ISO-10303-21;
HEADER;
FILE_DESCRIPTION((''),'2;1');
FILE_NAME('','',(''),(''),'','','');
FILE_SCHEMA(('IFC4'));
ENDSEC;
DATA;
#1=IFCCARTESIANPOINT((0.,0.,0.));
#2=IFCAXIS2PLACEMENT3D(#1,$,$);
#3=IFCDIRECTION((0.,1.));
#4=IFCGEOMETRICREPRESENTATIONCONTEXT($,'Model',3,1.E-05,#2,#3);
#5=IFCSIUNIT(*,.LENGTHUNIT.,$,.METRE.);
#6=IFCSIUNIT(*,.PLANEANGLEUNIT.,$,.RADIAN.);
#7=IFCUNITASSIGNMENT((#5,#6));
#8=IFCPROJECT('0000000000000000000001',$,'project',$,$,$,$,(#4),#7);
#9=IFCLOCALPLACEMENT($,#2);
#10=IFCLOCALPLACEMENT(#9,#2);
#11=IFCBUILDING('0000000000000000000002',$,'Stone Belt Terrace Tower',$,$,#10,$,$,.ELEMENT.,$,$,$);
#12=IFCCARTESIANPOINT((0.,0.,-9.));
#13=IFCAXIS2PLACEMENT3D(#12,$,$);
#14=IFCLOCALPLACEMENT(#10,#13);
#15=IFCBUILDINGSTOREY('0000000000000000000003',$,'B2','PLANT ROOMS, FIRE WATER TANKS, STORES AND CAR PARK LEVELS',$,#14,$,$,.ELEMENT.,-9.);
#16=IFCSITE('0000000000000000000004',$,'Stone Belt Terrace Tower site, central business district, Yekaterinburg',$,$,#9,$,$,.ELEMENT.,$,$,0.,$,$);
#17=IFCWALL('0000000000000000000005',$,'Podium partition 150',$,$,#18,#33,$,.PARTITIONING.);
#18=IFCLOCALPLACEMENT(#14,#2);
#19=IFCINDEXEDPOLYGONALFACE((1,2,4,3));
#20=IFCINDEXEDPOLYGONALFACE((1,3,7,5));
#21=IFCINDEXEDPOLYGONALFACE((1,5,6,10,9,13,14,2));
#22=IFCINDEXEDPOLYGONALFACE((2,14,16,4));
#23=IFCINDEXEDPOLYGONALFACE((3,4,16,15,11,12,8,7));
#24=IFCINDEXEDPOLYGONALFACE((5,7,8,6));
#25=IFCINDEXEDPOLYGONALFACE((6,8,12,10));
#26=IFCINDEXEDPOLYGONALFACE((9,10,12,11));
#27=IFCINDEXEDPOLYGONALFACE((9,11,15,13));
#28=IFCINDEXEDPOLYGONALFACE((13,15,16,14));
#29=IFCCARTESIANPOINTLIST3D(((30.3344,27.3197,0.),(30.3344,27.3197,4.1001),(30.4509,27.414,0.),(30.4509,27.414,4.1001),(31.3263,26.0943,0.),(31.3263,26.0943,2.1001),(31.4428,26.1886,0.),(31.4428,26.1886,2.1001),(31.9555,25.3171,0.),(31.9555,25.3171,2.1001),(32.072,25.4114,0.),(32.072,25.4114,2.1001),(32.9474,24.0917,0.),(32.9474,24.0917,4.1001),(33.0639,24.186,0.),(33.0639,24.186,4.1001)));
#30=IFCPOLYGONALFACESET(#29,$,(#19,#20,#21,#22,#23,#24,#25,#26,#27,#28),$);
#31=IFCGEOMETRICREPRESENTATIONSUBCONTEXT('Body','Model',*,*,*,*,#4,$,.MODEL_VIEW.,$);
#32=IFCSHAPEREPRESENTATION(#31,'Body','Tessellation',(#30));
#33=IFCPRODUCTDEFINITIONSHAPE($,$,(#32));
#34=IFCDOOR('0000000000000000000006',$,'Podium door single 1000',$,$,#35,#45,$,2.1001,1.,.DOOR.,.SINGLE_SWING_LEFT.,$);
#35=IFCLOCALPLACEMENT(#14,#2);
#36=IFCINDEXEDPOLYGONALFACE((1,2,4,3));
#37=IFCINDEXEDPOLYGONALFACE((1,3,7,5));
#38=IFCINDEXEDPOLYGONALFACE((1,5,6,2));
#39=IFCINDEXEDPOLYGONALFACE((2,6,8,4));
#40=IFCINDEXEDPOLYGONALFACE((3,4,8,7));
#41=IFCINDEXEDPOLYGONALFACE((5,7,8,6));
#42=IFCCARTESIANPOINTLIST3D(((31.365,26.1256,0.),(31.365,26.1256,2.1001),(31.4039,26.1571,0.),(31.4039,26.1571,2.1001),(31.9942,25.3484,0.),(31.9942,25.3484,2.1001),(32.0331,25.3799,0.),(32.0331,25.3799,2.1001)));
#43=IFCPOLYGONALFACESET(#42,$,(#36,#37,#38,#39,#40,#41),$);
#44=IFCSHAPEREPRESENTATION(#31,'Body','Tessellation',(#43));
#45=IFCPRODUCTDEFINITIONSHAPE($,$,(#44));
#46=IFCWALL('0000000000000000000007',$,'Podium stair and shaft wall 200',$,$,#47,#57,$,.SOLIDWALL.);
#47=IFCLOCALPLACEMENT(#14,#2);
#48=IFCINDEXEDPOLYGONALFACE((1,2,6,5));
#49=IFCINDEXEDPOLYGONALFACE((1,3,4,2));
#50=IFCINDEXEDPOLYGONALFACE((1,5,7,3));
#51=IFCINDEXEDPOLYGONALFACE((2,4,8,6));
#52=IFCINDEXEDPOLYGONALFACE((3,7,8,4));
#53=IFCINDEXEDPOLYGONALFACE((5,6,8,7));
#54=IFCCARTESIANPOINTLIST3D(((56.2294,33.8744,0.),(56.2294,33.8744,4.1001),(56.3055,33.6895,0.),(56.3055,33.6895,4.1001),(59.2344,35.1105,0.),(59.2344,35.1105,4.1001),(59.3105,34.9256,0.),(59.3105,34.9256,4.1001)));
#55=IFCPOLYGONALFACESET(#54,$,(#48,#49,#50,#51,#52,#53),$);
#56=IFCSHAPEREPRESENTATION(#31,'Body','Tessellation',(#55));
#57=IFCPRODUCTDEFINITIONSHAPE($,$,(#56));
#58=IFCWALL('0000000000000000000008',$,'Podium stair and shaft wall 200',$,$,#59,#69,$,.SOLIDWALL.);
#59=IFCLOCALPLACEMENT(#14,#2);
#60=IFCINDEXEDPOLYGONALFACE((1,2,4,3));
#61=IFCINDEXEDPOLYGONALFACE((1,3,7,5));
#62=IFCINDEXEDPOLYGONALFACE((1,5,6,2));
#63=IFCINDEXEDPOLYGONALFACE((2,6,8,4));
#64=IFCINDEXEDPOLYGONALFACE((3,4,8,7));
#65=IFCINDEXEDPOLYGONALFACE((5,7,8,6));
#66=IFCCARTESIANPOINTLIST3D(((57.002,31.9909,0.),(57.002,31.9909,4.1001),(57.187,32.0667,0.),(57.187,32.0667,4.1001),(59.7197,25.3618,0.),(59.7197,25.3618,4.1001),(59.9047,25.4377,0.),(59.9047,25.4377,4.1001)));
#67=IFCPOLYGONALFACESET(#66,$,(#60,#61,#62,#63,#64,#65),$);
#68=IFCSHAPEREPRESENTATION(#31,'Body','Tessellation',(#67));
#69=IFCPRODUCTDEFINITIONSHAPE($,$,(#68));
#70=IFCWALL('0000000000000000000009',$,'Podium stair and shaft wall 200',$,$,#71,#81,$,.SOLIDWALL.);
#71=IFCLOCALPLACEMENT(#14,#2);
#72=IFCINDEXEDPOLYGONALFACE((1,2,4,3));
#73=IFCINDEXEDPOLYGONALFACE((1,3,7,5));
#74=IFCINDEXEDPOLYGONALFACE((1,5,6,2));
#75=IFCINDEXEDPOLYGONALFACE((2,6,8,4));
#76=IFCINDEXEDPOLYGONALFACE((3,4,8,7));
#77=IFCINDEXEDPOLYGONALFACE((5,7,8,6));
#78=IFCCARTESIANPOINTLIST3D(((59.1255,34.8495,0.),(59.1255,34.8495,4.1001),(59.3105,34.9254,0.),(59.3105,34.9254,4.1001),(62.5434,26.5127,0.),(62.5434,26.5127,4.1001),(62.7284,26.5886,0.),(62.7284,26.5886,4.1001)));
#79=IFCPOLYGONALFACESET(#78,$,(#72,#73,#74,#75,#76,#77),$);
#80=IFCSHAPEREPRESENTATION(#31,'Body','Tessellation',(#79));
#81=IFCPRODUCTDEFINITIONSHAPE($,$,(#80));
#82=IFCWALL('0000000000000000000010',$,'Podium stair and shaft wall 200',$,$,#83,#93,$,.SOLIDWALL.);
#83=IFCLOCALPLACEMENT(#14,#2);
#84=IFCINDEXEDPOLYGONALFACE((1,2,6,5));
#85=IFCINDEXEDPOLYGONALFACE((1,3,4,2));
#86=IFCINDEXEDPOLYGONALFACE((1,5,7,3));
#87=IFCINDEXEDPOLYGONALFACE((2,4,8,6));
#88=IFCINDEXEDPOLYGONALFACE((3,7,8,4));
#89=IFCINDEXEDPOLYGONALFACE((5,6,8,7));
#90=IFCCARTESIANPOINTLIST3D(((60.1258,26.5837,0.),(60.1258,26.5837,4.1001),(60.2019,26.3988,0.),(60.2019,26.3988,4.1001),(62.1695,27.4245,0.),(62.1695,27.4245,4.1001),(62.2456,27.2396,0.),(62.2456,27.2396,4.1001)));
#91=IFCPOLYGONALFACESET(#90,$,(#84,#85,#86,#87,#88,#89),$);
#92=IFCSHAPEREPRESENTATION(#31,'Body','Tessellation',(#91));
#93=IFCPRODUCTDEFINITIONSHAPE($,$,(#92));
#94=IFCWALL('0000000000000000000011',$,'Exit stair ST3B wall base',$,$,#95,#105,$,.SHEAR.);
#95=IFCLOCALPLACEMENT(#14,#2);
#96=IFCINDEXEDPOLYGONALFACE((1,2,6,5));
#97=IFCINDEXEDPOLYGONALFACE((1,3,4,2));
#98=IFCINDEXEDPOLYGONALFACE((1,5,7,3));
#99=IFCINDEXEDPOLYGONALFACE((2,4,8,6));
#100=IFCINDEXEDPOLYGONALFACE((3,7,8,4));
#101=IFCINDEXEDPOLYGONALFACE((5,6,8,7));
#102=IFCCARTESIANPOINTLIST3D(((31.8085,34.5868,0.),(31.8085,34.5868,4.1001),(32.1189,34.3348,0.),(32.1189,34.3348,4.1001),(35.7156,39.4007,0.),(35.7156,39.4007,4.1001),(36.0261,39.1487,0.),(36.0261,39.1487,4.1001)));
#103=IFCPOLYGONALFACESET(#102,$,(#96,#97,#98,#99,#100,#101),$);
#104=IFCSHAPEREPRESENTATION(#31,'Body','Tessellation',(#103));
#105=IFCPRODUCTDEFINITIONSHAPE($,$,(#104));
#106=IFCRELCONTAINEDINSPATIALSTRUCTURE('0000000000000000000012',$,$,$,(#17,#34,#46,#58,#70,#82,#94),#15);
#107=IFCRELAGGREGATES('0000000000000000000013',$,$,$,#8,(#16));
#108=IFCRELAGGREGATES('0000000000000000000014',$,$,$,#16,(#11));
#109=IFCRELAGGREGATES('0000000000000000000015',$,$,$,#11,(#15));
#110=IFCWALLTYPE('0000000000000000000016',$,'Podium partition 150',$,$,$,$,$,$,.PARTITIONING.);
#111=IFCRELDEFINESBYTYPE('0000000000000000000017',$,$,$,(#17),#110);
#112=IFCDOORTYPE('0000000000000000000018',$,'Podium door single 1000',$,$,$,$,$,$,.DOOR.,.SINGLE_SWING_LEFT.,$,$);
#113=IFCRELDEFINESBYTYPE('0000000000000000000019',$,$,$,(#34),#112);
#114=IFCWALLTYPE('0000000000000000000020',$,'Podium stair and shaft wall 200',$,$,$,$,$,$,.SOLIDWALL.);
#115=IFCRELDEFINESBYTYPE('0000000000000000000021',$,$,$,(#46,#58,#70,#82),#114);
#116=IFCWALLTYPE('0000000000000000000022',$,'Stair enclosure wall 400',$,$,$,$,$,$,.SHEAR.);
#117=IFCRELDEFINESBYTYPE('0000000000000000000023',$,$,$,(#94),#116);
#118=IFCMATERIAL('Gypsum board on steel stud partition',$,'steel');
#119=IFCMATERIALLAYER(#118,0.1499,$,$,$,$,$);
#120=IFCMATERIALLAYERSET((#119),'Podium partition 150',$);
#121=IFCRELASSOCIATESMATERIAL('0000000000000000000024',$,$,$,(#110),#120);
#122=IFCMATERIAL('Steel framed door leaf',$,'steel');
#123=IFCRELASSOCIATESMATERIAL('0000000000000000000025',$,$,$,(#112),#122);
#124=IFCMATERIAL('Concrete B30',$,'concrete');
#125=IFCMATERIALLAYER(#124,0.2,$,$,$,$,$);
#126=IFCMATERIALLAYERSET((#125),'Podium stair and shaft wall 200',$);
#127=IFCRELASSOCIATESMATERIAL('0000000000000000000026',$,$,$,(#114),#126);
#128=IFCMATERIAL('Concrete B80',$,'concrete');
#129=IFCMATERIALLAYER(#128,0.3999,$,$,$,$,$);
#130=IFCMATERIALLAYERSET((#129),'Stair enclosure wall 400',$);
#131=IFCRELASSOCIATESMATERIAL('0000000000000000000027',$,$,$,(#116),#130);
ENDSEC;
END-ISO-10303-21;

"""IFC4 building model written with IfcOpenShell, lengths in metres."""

from ifc_helpers import new_model, si_unit, direction, frame, frame_2d, origin, place, context, subcontext, project, spatial, rectangle, extrude, material, layer, layer_set, type_object, element, fill, save


model = new_model("IFC4")

# Units and contexts
model_context = context("Model", 3, precision=1e-05, world=origin(), true_north=direction((0.0, 1.0)))
body_context = subcontext(model_context, "Body", "Model", "MODEL_VIEW")
ifc_project = project(units=[si_unit("LENGTHUNIT", "METRE"), si_unit("PLANEANGLEUNIT", "RADIAN")], contexts=[model_context])

# Site, building, storey
site_placement = place(None, origin())
site = spatial("IfcSite", under=ifc_project, at=site_placement, Name="Stone Belt Terrace Tower site, central business district, Yekaterinburg", CompositionType="ELEMENT", RefElevation=0.0)
building_placement = place(site_placement, origin())
building = spatial("IfcBuilding", under=site, at=building_placement, Name="Stone Belt Terrace Tower", CompositionType="ELEMENT")
storey_placement = place(building_placement, frame((0.0, 0.0, -9.0)))
storey = spatial("IfcBuildingStorey", under=building, at=storey_placement, Name="B2", Description="PLANT ROOMS, FIRE WATER TANKS, STORES AND CAR PARK LEVELS", CompositionType="ELEMENT", Elevation=-9.0)

# Shared definitions
ifc_material_1 = material(Name="Concrete B80", Category="concrete")

# Shared definitions
ifc_material_2 = material(Name="Concrete B30", Category="concrete")

# Wall, opening, door
ifc_material_3 = material(Name="Gypsum board on steel stud partition", Category="steel")
ifc_layer_1 = layer(ifc_material_3, 0.1499)
ifc_layer_set_1 = layer_set([ifc_layer_1], Name="Podium partition 150")
wall_type_1 = type_object("IfcWallType", Name="Podium partition 150", PredefinedType="PARTITIONING", material=ifc_layer_set_1)
wall_1_placement = place(storey_placement, frame((30.3926, 27.3669, 0.0), z_axis=(0.0, 0.0, 1.0), x_axis=(0.62918, -0.77726, 0.0)))
wall_1 = element("IfcWall", 1, at=wall_1_placement, inside=storey, type_object=wall_type_1, Name="Podium partition 150", PredefinedType="PARTITIONING", context=body_context, shape_type="SweptSolid", body=[
    extrude(rectangle(XDim=4.1531, YDim=0.1499, at=frame_2d((2.0767, 0.0))), origin(), (0.0, 0.0, 1.0), 4.1001),
])
opening_1_placement = place(wall_1_placement, frame((1.5767, 0.0, 0.0)))
opening_1 = element("IfcOpeningElement", 2, at=opening_1_placement, cuts=wall_1, PredefinedType="OPENING", context=body_context, shape_type="SweptSolid", body=[
    extrude(rectangle(XDim=1.0, YDim=2.1001, at=frame_2d((0.5, 1.05))), frame((0.0, 0.085, 0.0), z_axis=(0.0, -1.0, 0.0), x_axis=(1.0, 0.0, 0.0)), (0.0, 0.0, 1.0), 0.1699),
])
ifc_material_4 = material(Name="Steel framed door leaf", Category="steel")
door_type_1 = type_object("IfcDoorType", Name="Podium door single 1000", OperationType="SINGLE_SWING_LEFT", PredefinedType="DOOR", material=ifc_material_4)
door_1_placement = place(opening_1_placement, origin())
door_1 = element("IfcDoor", 3, at=door_1_placement, inside=storey, type_object=door_type_1, Name="Podium door single 1000", OperationType="SINGLE_SWING_LEFT", OverallHeight=2.1001, OverallWidth=1.0, PredefinedType="DOOR", context=body_context, shape_type="SweptSolid", body=[
    extrude(rectangle(XDim=1.0, YDim=2.1001, at=frame_2d((0.5, 1.05))), frame((0.0, 0.0249, 0.0), z_axis=(0.0, -1.0, 0.0), x_axis=(1.0, 0.0, 0.0)), (0.0, 0.0, 1.0), 0.05),
])
fill(opening_1, door_1)

# Walls
ifc_layer_2 = layer(ifc_material_2, 0.2)
ifc_layer_set_2 = layer_set([ifc_layer_2], Name="Podium stair and shaft wall 200")
wall_type_2 = type_object("IfcWallType", Name="Podium stair and shaft wall 200", PredefinedType="SOLIDWALL", material=ifc_layer_set_2)
wall_2_placement = place(storey_placement, frame((56.2676, 33.782, 0.0), z_axis=(0.0, 0.0, 1.0), x_axis=(0.92481, 0.380429, 0.0)))
element("IfcWall", 4, at=wall_2_placement, inside=storey, type_object=wall_type_2, Name="Podium stair and shaft wall 200", PredefinedType="SOLIDWALL", context=body_context, shape_type="SweptSolid", body=[
    extrude(rectangle(XDim=3.2493, YDim=0.2, at=frame_2d((1.6245, 0.0))), origin(), (0.0, 0.0, 1.0), 4.1001),
])
wall_3_placement = place(storey_placement, frame((57.0945, 32.0288, 0.0), z_axis=(0.0, 0.0, 1.0), x_axis=(0.379332, -0.925261, 0.0)))
element("IfcWall", 5, at=wall_3_placement, inside=storey, type_object=wall_type_2, Name="Podium stair and shaft wall 200", PredefinedType="SOLIDWALL", context=body_context, shape_type="SweptSolid", body=[
    extrude(rectangle(XDim=7.1646, YDim=0.2, at=frame_2d((3.5823, 0.0))), origin(), (0.0, 0.0, 1.0), 4.1001),
])
wall_4_placement = place(storey_placement, frame((59.218, 34.8875, 0.0), z_axis=(0.0, 0.0, 1.0), x_axis=(0.379338, -0.925258, 0.0)))
element("IfcWall", 6, at=wall_4_placement, inside=storey, type_object=wall_type_2, Name="Podium stair and shaft wall 200", PredefinedType="SOLIDWALL", context=body_context, shape_type="SweptSolid", body=[
    extrude(rectangle(XDim=9.0103, YDim=0.2, at=frame_2d((4.5051, 0.0))), origin(), (0.0, 0.0, 1.0), 4.1001),
])
wall_5_placement = place(storey_placement, frame((60.1638, 26.4912, 0.0), z_axis=(0.0, 0.0, 1.0), x_axis=(0.92479, 0.380478, 0.0)))
element("IfcWall", 7, at=wall_5_placement, inside=storey, type_object=wall_type_2, Name="Podium stair and shaft wall 200", PredefinedType="SOLIDWALL", context=body_context, shape_type="SweptSolid", body=[
    extrude(rectangle(XDim=2.21, YDim=0.2, at=frame_2d((1.105, 0.0))), origin(), (0.0, 0.0, 1.0), 4.1001),
])
ifc_layer_3 = layer(ifc_material_1, 0.3999)
ifc_layer_set_3 = layer_set([ifc_layer_3], Name="Stair enclosure wall 400")
wall_type_3 = type_object("IfcWallType", Name="Stair enclosure wall 400", PredefinedType="SHEAR", material=ifc_layer_set_3)
wall_6_placement = place(storey_placement, frame((31.9636, 34.4607, 0.0), z_axis=(0.0, 0.0, 1.0), x_axis=(0.630192, 0.776439, 0.0)))
element("IfcWall", 8, at=wall_6_placement, inside=storey, type_object=wall_type_3, Name="Exit stair ST3B wall base", PredefinedType="SHEAR", context=body_context, shape_type="SweptSolid", body=[
    extrude(rectangle(XDim=6.2, YDim=0.3999, at=frame_2d((3.1001, 0.0))), origin(), (0.0, 0.0, 1.0), 4.1001),
])

save(model, "model.ifc")
